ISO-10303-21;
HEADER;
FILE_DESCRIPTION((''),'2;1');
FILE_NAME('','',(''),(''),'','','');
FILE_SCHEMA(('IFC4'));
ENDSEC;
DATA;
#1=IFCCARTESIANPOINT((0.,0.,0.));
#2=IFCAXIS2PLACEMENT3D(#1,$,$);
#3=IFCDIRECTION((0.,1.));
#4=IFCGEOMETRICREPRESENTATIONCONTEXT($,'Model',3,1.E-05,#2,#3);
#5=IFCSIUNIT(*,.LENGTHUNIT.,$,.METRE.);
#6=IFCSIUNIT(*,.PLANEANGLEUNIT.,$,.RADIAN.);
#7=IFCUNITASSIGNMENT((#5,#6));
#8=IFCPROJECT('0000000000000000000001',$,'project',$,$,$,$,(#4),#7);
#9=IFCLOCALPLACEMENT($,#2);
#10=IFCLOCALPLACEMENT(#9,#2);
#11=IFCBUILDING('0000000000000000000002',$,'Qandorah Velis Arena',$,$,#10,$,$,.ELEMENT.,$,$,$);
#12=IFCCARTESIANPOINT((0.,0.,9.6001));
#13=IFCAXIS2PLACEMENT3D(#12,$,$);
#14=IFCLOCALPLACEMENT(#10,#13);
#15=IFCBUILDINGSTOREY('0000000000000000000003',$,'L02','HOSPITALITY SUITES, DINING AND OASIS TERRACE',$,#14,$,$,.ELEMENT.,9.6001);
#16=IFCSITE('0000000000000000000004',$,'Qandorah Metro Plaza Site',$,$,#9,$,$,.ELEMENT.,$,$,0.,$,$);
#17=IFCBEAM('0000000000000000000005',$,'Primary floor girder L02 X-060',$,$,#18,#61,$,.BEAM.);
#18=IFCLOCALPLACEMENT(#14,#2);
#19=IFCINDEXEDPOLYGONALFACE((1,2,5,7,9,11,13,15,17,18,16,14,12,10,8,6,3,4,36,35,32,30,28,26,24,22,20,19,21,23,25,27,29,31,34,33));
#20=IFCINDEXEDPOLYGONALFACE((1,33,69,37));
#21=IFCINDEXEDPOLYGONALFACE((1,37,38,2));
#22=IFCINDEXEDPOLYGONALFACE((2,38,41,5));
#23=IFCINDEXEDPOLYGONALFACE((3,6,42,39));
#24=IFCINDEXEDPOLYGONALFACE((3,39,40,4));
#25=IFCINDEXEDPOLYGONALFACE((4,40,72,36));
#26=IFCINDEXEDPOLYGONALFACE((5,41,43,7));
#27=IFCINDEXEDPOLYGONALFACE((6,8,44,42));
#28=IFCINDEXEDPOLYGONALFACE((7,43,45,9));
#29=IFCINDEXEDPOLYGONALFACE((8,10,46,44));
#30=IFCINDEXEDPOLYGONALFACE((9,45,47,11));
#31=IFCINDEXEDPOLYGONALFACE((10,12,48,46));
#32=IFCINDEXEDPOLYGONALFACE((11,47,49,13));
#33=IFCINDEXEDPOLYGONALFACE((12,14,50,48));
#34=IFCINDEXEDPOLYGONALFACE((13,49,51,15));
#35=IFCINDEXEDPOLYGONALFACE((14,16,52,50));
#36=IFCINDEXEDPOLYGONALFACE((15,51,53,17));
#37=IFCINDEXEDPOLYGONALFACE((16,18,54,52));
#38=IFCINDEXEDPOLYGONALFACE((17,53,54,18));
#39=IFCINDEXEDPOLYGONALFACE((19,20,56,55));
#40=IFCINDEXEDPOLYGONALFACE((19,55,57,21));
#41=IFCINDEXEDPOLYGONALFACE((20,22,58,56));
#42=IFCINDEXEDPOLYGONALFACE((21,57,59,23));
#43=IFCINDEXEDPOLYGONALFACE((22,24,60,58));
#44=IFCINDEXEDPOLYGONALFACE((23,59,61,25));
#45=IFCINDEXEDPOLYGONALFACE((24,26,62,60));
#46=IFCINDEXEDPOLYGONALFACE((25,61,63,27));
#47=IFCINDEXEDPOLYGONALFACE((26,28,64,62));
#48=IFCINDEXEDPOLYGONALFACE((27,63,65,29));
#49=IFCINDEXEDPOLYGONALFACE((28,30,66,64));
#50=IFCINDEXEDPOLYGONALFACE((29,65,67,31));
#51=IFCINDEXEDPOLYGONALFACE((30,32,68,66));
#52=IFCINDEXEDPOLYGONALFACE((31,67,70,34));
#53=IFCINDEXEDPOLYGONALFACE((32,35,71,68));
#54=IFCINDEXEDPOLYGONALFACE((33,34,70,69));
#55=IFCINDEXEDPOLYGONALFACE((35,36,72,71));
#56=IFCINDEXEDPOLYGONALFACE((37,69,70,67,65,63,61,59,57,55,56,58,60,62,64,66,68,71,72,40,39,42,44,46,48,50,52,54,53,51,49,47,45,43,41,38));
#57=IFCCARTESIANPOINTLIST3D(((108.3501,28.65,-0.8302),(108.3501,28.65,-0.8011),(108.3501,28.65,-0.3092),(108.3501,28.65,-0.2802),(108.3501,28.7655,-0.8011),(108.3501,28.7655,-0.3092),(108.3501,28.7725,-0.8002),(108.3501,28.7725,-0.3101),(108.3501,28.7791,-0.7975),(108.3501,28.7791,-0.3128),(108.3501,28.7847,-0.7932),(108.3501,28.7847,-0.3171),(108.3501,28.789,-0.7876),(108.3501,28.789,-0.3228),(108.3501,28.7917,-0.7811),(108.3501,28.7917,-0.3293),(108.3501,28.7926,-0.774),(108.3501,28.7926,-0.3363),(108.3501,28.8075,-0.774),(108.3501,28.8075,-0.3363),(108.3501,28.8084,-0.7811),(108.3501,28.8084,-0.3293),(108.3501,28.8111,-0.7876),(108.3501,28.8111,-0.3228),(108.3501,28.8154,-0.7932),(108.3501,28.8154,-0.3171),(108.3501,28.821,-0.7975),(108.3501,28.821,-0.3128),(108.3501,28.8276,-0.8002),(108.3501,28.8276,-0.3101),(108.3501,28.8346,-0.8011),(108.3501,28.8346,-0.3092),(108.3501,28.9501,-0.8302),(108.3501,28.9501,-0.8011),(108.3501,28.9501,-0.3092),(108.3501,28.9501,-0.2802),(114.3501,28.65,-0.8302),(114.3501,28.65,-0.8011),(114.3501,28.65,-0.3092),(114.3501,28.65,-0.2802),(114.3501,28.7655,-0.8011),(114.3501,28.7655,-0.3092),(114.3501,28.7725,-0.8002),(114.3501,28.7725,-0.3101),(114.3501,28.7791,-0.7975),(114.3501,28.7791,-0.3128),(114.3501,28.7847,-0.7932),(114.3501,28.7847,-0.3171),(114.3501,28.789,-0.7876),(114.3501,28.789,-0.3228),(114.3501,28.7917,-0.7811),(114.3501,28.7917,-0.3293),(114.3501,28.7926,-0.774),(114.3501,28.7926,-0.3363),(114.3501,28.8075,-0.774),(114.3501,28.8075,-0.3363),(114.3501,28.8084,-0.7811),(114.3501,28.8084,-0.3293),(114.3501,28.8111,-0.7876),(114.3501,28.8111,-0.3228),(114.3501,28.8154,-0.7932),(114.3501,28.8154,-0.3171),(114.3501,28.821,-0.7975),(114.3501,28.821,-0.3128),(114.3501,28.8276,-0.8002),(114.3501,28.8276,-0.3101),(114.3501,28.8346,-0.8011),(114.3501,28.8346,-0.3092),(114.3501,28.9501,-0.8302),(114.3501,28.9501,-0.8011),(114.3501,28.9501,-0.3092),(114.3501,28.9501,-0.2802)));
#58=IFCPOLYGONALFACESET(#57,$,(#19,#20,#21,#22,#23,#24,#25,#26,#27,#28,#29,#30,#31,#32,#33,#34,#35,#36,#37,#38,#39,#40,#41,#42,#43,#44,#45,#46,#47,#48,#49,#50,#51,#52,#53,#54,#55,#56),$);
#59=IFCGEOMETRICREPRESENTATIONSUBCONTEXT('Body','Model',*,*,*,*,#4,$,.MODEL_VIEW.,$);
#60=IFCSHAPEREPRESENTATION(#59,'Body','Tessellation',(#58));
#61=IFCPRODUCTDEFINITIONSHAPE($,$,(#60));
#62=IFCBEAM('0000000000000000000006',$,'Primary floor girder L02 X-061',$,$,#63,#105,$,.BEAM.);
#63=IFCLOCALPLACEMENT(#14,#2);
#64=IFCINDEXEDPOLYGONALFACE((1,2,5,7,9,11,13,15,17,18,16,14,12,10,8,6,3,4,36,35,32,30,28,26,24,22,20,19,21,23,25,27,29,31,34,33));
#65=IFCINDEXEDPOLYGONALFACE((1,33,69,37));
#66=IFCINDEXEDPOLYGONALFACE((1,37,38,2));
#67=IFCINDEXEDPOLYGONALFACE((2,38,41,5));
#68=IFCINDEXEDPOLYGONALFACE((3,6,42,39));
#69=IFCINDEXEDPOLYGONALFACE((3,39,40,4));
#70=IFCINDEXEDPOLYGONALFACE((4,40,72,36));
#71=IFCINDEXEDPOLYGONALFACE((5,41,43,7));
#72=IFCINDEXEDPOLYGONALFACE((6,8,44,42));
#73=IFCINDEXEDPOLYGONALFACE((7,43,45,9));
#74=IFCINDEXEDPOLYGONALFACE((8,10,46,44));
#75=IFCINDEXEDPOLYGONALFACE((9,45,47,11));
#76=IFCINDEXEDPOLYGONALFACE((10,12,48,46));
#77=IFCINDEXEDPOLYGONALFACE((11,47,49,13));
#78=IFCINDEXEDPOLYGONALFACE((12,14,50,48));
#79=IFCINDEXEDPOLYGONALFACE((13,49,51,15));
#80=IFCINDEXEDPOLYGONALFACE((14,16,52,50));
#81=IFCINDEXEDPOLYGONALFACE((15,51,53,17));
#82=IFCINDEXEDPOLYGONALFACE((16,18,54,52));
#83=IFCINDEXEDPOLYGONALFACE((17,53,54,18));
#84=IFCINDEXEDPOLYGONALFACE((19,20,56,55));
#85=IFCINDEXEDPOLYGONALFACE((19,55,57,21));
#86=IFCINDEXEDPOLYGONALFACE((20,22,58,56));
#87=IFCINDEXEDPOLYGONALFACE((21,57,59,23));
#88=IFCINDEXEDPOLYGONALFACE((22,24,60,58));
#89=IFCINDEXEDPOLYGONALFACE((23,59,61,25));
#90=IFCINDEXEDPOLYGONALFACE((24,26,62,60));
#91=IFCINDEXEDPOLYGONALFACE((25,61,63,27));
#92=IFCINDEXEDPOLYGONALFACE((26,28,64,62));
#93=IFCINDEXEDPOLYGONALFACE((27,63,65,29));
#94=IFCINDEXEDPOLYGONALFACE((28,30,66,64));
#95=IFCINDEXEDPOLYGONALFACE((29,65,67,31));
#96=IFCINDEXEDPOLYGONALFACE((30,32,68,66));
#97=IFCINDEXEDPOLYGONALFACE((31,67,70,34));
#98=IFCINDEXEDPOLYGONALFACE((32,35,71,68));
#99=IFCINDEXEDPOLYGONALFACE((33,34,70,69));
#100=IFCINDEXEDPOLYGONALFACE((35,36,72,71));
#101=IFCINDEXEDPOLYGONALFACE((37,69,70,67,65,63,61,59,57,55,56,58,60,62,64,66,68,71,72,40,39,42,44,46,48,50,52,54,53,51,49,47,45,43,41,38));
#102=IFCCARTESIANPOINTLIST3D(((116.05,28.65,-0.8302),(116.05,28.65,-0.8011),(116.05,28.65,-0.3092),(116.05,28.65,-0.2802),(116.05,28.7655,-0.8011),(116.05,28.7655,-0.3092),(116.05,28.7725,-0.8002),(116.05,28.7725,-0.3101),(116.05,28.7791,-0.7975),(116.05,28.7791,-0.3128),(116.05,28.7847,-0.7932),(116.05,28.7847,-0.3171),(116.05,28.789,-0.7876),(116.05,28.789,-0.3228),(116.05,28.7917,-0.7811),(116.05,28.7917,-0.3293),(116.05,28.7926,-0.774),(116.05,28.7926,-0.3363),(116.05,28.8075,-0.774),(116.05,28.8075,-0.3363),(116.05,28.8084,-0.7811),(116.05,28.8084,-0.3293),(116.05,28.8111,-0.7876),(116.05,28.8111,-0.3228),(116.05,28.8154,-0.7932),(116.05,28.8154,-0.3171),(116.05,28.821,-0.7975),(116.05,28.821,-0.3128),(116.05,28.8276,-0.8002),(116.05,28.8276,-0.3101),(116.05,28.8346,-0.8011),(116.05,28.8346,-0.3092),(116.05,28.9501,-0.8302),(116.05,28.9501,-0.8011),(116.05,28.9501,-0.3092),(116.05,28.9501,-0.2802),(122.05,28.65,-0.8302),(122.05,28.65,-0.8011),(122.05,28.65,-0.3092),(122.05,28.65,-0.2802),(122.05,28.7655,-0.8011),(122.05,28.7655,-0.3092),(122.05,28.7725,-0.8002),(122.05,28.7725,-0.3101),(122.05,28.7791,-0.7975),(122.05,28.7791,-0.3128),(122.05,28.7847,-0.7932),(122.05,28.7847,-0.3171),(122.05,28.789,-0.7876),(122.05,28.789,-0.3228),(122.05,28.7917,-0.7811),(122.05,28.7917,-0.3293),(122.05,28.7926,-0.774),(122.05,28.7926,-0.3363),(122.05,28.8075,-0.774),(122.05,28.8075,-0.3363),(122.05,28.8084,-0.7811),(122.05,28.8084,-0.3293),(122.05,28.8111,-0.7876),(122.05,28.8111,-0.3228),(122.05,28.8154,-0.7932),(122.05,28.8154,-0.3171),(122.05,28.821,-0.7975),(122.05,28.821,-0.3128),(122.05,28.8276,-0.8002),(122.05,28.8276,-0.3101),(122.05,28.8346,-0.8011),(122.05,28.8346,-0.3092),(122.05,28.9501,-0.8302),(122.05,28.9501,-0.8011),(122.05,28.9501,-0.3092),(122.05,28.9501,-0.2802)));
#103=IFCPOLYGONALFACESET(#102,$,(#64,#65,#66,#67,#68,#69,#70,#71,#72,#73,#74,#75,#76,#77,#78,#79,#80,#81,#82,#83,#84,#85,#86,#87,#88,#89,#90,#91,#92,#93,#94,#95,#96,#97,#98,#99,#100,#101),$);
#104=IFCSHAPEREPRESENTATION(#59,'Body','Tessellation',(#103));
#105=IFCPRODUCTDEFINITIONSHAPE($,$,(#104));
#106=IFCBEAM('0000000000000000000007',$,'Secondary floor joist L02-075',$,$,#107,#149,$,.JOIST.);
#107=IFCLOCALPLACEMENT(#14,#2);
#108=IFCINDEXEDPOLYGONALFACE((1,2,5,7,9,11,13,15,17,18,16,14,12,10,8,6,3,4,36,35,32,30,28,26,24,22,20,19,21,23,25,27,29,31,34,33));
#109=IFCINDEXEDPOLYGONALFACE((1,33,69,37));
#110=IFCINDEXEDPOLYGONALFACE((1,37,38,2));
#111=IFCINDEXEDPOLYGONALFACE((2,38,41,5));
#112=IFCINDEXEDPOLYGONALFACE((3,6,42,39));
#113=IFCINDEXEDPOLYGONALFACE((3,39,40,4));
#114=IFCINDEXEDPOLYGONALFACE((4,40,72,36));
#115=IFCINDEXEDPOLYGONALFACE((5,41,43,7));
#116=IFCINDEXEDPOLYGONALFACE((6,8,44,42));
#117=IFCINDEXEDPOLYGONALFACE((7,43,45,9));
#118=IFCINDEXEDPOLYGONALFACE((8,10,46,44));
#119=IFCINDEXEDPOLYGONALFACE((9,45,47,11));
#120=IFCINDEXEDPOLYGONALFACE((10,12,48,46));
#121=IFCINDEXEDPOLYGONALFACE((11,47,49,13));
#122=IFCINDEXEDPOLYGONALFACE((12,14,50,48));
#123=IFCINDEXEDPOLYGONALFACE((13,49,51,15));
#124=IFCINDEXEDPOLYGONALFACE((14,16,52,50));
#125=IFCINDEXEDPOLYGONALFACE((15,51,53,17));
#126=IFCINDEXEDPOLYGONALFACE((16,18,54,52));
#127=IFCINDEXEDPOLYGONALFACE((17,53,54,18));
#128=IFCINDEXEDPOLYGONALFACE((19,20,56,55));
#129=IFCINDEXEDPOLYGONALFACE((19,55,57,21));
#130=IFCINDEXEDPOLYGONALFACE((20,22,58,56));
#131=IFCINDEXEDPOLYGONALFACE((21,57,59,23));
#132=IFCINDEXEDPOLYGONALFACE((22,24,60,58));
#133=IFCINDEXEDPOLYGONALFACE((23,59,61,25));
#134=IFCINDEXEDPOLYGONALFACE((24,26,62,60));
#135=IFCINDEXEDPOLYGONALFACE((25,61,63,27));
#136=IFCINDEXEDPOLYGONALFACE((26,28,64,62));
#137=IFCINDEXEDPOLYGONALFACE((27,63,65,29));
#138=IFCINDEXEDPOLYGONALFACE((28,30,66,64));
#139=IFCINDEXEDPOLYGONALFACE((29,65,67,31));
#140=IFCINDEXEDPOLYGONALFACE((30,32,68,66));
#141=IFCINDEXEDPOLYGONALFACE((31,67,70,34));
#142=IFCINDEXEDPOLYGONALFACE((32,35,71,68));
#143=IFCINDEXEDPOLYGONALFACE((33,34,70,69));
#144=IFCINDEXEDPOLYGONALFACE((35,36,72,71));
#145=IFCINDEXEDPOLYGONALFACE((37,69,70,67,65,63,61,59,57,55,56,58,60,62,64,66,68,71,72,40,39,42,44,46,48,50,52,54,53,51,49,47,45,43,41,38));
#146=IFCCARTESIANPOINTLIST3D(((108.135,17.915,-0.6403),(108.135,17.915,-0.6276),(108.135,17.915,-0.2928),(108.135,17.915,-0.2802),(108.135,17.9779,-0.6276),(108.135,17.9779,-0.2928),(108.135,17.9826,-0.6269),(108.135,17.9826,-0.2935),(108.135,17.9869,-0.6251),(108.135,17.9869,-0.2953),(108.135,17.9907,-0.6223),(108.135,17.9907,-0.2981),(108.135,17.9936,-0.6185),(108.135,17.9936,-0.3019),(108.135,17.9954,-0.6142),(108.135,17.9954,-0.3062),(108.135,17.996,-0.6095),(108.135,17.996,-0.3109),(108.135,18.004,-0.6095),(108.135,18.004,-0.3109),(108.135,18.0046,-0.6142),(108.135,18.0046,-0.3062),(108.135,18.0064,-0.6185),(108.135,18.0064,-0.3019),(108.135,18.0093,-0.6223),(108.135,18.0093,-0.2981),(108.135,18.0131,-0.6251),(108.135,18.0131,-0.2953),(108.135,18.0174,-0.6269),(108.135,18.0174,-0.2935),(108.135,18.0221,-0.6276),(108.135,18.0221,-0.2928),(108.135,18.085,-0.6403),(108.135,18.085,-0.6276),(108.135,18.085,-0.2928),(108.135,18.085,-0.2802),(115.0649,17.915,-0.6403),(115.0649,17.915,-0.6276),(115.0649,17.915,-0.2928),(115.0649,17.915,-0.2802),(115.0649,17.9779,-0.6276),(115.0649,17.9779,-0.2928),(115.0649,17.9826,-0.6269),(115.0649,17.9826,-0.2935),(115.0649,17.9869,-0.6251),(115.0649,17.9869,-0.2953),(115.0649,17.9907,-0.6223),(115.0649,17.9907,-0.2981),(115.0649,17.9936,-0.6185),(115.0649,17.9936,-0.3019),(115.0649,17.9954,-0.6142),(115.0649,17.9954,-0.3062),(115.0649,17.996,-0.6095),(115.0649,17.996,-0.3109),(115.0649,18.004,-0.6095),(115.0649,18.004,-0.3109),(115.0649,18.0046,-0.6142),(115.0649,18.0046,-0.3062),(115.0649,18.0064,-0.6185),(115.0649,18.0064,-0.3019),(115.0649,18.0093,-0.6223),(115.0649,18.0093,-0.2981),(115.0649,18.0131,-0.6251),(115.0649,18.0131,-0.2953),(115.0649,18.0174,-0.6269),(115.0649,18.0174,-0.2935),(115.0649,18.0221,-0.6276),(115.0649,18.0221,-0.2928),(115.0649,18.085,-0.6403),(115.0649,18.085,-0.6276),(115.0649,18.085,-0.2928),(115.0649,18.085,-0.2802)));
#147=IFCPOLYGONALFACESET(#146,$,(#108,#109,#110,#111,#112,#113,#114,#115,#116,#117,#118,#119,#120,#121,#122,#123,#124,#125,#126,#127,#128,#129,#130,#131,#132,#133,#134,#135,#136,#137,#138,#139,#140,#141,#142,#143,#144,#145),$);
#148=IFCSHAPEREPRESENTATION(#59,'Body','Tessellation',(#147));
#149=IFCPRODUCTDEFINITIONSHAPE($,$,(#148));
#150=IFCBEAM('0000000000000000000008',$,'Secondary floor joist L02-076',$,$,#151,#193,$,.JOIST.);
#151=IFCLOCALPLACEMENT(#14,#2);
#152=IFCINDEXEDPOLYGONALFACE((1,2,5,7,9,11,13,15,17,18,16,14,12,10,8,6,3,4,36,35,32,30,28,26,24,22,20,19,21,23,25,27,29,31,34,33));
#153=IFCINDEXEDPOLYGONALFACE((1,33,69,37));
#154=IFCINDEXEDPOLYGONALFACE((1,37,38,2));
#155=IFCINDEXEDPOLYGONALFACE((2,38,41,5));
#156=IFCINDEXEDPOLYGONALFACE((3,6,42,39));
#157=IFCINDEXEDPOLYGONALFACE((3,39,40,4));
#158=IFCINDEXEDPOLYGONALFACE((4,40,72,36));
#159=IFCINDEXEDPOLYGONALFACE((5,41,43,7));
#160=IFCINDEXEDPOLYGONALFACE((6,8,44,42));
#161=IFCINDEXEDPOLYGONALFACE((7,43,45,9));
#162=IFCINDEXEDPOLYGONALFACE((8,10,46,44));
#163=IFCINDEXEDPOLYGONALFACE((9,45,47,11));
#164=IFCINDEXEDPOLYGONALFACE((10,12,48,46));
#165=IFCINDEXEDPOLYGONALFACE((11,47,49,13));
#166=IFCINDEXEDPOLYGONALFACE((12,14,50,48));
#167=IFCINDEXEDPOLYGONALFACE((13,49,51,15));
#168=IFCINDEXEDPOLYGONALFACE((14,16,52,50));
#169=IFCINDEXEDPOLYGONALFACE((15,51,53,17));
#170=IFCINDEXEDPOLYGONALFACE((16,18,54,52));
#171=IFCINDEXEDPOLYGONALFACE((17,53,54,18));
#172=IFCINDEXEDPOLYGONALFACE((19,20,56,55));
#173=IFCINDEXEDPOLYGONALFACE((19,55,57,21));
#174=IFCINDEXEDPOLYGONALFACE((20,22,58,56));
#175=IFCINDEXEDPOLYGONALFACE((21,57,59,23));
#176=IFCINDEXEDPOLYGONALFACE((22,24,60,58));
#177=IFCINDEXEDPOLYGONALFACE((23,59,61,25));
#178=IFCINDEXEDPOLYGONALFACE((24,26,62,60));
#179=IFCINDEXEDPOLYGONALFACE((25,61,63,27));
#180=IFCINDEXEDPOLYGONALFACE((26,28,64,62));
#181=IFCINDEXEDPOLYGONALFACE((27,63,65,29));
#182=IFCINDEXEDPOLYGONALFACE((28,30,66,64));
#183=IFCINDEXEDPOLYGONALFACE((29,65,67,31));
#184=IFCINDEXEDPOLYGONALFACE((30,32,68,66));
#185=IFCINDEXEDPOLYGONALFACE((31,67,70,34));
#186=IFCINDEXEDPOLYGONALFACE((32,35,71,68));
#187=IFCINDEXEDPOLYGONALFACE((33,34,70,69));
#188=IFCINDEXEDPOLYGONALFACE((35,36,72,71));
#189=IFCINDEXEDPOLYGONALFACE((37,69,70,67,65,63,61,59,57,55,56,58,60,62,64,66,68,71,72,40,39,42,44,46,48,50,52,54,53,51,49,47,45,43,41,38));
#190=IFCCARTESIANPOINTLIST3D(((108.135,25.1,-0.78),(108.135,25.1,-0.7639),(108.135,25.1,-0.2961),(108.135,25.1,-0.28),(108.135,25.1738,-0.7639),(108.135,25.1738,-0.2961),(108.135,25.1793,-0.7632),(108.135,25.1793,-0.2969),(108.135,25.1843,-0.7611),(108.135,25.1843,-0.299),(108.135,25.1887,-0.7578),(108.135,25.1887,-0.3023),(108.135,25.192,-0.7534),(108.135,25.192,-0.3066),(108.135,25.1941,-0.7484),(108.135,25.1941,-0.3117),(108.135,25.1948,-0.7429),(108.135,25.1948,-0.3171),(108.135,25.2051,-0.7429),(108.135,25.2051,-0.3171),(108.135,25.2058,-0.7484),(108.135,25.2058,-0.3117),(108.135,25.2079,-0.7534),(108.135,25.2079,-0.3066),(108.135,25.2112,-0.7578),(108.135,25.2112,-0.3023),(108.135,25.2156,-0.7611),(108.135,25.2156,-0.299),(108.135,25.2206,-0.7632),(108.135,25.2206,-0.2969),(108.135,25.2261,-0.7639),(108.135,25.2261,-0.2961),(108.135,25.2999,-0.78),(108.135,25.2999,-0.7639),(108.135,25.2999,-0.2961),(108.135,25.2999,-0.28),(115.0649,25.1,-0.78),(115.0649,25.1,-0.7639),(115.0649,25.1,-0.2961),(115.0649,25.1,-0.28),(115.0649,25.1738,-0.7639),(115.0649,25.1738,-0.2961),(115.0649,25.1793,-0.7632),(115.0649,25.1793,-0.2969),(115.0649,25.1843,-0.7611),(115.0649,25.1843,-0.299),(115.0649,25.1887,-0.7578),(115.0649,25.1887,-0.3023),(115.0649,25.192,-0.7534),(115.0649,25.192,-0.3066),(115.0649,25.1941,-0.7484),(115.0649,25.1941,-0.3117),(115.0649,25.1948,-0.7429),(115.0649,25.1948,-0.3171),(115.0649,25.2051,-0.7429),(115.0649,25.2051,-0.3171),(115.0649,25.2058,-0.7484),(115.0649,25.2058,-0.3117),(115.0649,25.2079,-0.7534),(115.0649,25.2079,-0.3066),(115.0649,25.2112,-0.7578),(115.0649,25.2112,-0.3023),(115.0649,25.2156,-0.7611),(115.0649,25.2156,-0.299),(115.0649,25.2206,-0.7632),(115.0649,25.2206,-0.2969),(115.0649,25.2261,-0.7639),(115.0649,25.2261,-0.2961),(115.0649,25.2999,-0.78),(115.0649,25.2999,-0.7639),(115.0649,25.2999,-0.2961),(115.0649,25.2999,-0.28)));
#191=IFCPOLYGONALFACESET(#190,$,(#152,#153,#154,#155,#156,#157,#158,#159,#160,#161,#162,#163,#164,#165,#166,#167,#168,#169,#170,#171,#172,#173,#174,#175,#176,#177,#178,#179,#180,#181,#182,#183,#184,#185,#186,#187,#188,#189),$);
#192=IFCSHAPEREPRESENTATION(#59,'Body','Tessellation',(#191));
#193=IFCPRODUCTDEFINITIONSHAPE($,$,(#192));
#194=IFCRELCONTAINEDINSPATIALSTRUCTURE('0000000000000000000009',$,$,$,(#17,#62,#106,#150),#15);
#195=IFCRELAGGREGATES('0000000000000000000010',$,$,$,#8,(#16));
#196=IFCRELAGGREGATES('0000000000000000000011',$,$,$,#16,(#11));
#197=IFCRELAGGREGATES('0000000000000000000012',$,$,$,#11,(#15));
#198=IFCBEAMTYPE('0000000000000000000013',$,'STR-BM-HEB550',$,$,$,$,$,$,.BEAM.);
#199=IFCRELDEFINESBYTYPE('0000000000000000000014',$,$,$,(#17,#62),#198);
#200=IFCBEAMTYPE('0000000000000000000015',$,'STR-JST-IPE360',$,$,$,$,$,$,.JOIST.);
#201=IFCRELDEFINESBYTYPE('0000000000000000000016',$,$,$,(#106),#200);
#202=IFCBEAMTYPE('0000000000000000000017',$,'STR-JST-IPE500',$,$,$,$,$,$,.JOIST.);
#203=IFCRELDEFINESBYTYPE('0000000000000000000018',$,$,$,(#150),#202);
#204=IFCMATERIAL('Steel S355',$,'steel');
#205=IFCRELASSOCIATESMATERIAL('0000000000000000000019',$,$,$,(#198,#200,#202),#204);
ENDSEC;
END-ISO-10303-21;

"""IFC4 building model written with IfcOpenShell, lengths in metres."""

from ifc_helpers import new_model, si_unit, direction, frame, origin, origin_2d, place, context, subcontext, project, spatial, i_section, extrude, material, material_profile, profile_set, type_object, element, save


model = new_model("IFC4")

# Units and contexts
model_context = context("Model", 3, precision=1e-05, world=origin(), true_north=direction((0.0, 1.0)))
body_context = subcontext(model_context, "Body", "Model", "MODEL_VIEW")
ifc_project = project(units=[si_unit("LENGTHUNIT", "METRE"), si_unit("PLANEANGLEUNIT", "RADIAN")], contexts=[model_context])

# Site, building, storey
site_placement = place(None, origin())
site = spatial("IfcSite", under=ifc_project, at=site_placement, Name="Qandorah Metro Plaza Site", CompositionType="ELEMENT", RefElevation=0.0)
building_placement = place(site_placement, origin())
building = spatial("IfcBuilding", under=site, at=building_placement, Name="Qandorah Velis Arena", CompositionType="ELEMENT")
storey_placement = place(building_placement, frame((0.0, 0.0, 9.6001)))
storey = spatial("IfcBuildingStorey", under=building, at=storey_placement, Name="L02", Description="HOSPITALITY SUITES, DINING AND OASIS TERRACE", CompositionType="ELEMENT", Elevation=9.6001)

# Shared definitions
ifc_material_1 = material(Name="Steel S355", Category="steel")

# Beams
ifc_material_profile_1 = material_profile(ifc_material_1, i_section(OverallWidth=0.3, OverallDepth=0.55, WebThickness=0.0149, FlangeThickness=0.0291, FilletRadius=0.0271, at=origin_2d()), Name="HEB 550")
ifc_profile_set_1 = profile_set([ifc_material_profile_1], Name="Steel S355")
beam_type_1 = type_object("IfcBeamType", Name="STR-BM-HEB550", PredefinedType="BEAM", material=ifc_profile_set_1)
for number, where, z_axis, x_axis, name in (
    (1, (108.3501, 28.8, -0.5552), (1.0, 0.0, 0.0), (0.0, 1.0, 0.0), "Primary floor girder L02 X-060"),
    (2, (116.05, 28.8, -0.5552), (1.0, 0.0, 0.0), (0.0, 1.0, 0.0), "Primary floor girder L02 X-061"),
):
    element("IfcBeam", number, at=place(storey_placement, frame(where, z_axis=z_axis, x_axis=x_axis)), inside=storey, type_object=beam_type_1, Name=name, PredefinedType="BEAM", context=body_context, shape_type="SweptSolid", body=[
        extrude(i_section(OverallWidth=0.3, OverallDepth=0.55, WebThickness=0.0149, FlangeThickness=0.0291, FilletRadius=0.0271, at=origin_2d()), origin(), (0.0, 0.0, 1.0), 6.0),
    ])
ifc_material_profile_2 = material_profile(ifc_material_1, i_section(OverallWidth=0.1699, OverallDepth=0.3601, WebThickness=0.0081, FlangeThickness=0.0127, FilletRadius=0.0181, at=origin_2d()), Name="IPE 360")
ifc_profile_set_2 = profile_set([ifc_material_profile_2], Name="Steel S355")
beam_type_2 = type_object("IfcBeamType", Name="STR-JST-IPE360", PredefinedType="JOIST", material=ifc_profile_set_2)
beam_1_placement = place(storey_placement, frame((108.135, 18.0, -0.4602), z_axis=(1.0, 0.0, 0.0), x_axis=(0.0, 1.0, 0.0)))
element("IfcBeam", 3, at=beam_1_placement, inside=storey, type_object=beam_type_2, Name="Secondary floor joist L02-075", PredefinedType="JOIST", context=body_context, shape_type="SweptSolid", body=[
    extrude(i_section(OverallWidth=0.1699, OverallDepth=0.3601, WebThickness=0.0081, FlangeThickness=0.0127, FilletRadius=0.0181, at=origin_2d()), origin(), (0.0, 0.0, 1.0), 6.9299),
])
ifc_material_profile_3 = material_profile(ifc_material_1, i_section(OverallWidth=0.2, OverallDepth=0.5, WebThickness=0.0103, FlangeThickness=0.0161, FilletRadius=0.021, at=origin_2d()), Name="IPE 500")
ifc_profile_set_3 = profile_set([ifc_material_profile_3], Name="Steel S355")
beam_type_3 = type_object("IfcBeamType", Name="STR-JST-IPE500", PredefinedType="JOIST", material=ifc_profile_set_3)
beam_2_placement = place(storey_placement, frame((108.135, 25.2, -0.53), z_axis=(1.0, 0.0, 0.0), x_axis=(0.0, 1.0, 0.0)))
element("IfcBeam", 4, at=beam_2_placement, inside=storey, type_object=beam_type_3, Name="Secondary floor joist L02-076", PredefinedType="JOIST", context=body_context, shape_type="SweptSolid", body=[
    extrude(i_section(OverallWidth=0.2, OverallDepth=0.5, WebThickness=0.0103, FlangeThickness=0.0161, FilletRadius=0.021, at=origin_2d()), origin(), (0.0, 0.0, 1.0), 6.9299),
])

save(model, "model.ifc")
